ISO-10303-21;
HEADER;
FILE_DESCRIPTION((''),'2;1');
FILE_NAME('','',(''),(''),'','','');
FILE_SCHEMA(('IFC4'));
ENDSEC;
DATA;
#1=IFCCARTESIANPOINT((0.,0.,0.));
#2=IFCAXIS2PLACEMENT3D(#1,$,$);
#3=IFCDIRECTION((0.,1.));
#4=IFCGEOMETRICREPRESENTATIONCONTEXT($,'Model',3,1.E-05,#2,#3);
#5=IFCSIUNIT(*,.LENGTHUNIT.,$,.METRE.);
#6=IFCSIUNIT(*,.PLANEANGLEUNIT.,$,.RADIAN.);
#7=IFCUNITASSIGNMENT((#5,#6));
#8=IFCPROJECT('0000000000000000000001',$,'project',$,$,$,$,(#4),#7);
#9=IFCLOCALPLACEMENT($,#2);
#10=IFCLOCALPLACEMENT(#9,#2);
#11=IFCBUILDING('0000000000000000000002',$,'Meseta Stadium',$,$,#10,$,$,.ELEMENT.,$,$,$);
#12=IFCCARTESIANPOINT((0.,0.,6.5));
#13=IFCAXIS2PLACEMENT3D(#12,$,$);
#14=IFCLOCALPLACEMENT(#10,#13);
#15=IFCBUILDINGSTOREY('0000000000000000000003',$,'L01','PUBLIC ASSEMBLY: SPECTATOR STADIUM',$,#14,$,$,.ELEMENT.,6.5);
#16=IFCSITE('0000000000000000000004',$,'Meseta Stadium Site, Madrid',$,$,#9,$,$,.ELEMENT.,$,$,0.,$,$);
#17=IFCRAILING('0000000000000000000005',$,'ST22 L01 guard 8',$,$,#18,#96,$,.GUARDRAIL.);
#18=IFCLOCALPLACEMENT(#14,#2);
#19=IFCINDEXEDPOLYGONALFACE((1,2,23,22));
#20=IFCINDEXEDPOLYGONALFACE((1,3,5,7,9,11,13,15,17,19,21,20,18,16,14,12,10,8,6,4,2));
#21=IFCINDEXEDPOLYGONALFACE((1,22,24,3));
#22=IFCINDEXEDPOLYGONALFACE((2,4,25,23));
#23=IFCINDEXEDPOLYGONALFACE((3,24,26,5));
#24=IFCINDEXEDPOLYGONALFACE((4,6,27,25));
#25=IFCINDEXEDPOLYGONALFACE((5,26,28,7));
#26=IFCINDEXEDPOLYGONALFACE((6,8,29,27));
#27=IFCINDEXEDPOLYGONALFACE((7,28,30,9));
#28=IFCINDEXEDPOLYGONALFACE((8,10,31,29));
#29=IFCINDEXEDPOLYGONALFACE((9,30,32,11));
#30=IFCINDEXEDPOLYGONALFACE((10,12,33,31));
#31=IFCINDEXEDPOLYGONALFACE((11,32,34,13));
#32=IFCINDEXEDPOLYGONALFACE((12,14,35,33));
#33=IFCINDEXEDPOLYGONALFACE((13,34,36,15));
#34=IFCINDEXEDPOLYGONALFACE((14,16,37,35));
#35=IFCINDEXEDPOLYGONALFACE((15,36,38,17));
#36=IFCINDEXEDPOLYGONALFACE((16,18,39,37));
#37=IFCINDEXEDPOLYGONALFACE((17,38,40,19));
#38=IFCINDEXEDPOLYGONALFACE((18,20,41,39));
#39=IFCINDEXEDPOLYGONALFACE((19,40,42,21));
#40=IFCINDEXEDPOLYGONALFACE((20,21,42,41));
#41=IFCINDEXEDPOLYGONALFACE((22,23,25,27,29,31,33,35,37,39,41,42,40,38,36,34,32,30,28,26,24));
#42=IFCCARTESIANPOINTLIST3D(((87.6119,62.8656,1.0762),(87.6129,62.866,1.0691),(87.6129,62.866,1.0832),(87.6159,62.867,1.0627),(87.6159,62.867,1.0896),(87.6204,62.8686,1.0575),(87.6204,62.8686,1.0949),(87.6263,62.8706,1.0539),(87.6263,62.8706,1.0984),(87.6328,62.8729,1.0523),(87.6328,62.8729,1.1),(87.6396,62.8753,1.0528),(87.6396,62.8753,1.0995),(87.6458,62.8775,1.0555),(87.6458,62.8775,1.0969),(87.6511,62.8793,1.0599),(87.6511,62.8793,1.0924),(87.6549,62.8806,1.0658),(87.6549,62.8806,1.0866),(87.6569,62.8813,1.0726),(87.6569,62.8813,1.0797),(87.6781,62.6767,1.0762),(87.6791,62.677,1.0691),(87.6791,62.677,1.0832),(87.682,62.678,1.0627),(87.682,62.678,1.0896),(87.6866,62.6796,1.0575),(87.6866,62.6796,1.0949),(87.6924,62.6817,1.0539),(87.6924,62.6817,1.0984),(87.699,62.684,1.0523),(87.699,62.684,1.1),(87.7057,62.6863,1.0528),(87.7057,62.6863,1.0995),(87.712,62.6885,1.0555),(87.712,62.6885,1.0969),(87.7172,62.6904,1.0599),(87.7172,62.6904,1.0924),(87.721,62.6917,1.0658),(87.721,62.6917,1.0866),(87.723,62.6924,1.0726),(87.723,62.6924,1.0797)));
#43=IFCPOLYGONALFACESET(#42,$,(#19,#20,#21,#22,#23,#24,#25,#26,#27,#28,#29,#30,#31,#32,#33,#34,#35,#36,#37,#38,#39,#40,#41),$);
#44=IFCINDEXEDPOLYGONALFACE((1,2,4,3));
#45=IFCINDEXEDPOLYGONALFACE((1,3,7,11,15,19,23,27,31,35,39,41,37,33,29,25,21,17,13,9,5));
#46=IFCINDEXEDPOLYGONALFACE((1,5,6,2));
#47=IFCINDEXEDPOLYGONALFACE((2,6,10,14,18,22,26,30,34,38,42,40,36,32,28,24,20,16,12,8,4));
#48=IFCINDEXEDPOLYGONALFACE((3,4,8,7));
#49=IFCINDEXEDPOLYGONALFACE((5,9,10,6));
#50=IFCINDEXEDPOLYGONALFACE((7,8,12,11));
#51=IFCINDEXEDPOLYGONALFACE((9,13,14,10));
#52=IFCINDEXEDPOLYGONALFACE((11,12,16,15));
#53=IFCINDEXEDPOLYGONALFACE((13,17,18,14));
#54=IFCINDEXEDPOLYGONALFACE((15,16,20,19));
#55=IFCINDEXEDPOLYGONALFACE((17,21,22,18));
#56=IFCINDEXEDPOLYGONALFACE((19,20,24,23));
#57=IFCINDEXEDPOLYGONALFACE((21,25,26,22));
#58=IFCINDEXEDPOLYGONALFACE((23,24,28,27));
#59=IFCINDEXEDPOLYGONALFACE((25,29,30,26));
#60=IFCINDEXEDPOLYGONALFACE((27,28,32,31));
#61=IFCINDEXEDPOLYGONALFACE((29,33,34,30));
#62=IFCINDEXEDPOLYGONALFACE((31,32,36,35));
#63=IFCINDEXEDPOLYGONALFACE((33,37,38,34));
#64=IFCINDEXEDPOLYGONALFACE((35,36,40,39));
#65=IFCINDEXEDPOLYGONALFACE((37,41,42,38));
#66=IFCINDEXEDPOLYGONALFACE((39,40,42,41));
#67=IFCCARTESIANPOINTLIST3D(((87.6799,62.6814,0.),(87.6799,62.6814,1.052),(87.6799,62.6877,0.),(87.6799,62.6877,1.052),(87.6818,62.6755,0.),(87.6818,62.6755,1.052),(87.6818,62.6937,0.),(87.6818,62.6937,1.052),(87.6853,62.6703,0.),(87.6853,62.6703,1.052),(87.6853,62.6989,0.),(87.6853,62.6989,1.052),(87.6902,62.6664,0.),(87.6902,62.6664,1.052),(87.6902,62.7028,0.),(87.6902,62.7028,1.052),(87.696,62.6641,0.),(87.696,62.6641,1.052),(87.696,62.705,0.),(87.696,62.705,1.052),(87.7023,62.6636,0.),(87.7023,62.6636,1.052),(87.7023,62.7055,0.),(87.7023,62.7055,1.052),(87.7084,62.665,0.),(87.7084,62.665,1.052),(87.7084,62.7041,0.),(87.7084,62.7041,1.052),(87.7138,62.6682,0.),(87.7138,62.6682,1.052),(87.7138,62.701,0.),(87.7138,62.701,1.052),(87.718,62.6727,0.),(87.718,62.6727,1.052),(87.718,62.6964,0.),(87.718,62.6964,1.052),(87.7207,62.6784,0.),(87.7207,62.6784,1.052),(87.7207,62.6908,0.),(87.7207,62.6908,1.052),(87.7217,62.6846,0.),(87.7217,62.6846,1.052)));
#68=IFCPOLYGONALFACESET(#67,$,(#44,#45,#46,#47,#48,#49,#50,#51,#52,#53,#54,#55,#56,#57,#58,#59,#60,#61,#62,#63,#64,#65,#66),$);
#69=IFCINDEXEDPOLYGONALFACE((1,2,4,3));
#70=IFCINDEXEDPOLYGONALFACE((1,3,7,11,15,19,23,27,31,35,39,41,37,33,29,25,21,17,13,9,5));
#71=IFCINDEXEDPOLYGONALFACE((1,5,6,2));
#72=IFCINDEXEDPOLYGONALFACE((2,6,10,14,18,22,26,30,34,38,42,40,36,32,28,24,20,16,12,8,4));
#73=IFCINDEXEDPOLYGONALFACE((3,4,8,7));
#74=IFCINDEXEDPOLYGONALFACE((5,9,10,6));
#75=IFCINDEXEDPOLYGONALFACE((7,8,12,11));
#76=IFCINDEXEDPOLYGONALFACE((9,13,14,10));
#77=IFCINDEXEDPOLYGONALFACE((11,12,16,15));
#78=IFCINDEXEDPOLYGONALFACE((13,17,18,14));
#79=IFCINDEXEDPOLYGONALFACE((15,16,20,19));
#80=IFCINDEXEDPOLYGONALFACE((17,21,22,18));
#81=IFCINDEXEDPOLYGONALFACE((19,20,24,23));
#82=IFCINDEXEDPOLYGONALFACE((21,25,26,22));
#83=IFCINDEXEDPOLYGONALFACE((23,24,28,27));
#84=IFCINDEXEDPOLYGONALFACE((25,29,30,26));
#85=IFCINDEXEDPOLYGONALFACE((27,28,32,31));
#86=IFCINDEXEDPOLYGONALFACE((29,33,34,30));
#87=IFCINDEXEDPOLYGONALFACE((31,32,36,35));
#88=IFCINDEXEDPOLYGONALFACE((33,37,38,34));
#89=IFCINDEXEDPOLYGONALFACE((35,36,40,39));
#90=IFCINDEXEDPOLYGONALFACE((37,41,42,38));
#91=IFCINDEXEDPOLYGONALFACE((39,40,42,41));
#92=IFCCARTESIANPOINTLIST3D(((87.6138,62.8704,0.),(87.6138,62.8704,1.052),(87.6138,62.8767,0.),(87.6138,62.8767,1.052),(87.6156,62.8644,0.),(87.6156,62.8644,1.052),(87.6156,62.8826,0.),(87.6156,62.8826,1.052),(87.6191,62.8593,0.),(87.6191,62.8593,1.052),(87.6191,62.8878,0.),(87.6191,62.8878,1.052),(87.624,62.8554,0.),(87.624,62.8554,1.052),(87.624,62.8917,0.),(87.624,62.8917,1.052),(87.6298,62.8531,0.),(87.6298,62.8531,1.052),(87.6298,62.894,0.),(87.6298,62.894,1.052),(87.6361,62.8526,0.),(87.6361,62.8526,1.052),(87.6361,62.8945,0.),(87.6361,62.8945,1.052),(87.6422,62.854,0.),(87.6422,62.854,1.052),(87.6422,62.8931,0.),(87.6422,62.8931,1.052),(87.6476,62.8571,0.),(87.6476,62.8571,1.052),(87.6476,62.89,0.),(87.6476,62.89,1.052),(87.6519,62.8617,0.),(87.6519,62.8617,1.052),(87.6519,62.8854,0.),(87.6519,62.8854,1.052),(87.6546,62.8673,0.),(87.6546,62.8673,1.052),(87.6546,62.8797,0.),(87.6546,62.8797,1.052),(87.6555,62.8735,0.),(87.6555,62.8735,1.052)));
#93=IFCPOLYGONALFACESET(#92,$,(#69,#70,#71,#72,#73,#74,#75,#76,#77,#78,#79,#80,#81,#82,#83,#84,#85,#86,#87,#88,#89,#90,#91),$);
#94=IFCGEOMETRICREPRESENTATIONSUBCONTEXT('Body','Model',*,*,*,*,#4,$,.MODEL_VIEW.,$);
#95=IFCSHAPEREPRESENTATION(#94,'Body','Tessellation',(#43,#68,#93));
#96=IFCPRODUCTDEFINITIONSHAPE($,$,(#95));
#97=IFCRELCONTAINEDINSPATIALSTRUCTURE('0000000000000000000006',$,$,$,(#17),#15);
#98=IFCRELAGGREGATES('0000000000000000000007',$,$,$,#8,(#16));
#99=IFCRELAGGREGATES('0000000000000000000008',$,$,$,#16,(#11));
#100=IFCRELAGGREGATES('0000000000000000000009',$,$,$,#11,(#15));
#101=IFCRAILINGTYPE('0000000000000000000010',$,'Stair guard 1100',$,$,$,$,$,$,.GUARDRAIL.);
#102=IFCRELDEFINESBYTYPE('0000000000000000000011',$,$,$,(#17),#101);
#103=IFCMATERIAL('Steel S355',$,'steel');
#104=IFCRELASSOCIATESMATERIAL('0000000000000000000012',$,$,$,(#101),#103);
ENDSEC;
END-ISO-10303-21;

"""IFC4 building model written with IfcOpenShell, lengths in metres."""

from ifc_helpers import new_model, si_unit, direction, frame, origin, origin_2d, place, context, subcontext, project, spatial, circle, extrude, material, type_object, element, save


model = new_model("IFC4")

# Units and contexts
model_context = context("Model", 3, precision=1e-05, world=origin(), true_north=direction((0.0, 1.0)))
body_context = subcontext(model_context, "Body", "Model", "MODEL_VIEW")
ifc_project = project(units=[si_unit("LENGTHUNIT", "METRE"), si_unit("PLANEANGLEUNIT", "RADIAN")], contexts=[model_context])

# Site, building, storey
site_placement = place(None, origin())
site = spatial("IfcSite", under=ifc_project, at=site_placement, Name="Meseta Stadium Site, Madrid", CompositionType="ELEMENT", RefElevation=0.0)
building_placement = place(site_placement, origin())
building = spatial("IfcBuilding", under=site, at=building_placement, Name="Meseta Stadium", CompositionType="ELEMENT")
storey_placement = place(building_placement, frame((0.0, 0.0, 6.5)))
storey = spatial("IfcBuildingStorey", under=building, at=storey_placement, Name="L01", Description="PUBLIC ASSEMBLY: SPECTATOR STADIUM", CompositionType="ELEMENT", Elevation=6.5)

# Railing
ifc_material_1 = material(Name="Steel S355", Category="steel")
railing_type = type_object("IfcRailingType", Name="Stair guard 1100", PredefinedType="GUARDRAIL", material=ifc_material_1)
railing_1_placement = place(storey_placement, frame((87.7007, 62.6846, 0.0)))
element("IfcRailing", 1, at=railing_1_placement, inside=storey, type_object=railing_type, Name="ST22 L01 guard 8", PredefinedType="GUARDRAIL", context=body_context, shape_type="SweptSolid", body=[
    extrude(circle(Radius=0.0239, at=origin_2d()), frame((0.0, 0.0, 1.0762), z_axis=(-0.330459, 0.94382, 0.0), x_axis=(-0.94382, -0.330459, 0.0)), (0.0, 0.0, 1.0), 0.2002),
    extrude(circle(Radius=0.021, at=origin_2d()), origin(), (0.0, 0.0, 1.0), 1.052),
    extrude(circle(Radius=0.021, at=origin_2d()), frame((-0.0662, 0.189, 0.0)), (0.0, 0.0, 1.0), 1.052),
])

save(model, "model.ifc")
